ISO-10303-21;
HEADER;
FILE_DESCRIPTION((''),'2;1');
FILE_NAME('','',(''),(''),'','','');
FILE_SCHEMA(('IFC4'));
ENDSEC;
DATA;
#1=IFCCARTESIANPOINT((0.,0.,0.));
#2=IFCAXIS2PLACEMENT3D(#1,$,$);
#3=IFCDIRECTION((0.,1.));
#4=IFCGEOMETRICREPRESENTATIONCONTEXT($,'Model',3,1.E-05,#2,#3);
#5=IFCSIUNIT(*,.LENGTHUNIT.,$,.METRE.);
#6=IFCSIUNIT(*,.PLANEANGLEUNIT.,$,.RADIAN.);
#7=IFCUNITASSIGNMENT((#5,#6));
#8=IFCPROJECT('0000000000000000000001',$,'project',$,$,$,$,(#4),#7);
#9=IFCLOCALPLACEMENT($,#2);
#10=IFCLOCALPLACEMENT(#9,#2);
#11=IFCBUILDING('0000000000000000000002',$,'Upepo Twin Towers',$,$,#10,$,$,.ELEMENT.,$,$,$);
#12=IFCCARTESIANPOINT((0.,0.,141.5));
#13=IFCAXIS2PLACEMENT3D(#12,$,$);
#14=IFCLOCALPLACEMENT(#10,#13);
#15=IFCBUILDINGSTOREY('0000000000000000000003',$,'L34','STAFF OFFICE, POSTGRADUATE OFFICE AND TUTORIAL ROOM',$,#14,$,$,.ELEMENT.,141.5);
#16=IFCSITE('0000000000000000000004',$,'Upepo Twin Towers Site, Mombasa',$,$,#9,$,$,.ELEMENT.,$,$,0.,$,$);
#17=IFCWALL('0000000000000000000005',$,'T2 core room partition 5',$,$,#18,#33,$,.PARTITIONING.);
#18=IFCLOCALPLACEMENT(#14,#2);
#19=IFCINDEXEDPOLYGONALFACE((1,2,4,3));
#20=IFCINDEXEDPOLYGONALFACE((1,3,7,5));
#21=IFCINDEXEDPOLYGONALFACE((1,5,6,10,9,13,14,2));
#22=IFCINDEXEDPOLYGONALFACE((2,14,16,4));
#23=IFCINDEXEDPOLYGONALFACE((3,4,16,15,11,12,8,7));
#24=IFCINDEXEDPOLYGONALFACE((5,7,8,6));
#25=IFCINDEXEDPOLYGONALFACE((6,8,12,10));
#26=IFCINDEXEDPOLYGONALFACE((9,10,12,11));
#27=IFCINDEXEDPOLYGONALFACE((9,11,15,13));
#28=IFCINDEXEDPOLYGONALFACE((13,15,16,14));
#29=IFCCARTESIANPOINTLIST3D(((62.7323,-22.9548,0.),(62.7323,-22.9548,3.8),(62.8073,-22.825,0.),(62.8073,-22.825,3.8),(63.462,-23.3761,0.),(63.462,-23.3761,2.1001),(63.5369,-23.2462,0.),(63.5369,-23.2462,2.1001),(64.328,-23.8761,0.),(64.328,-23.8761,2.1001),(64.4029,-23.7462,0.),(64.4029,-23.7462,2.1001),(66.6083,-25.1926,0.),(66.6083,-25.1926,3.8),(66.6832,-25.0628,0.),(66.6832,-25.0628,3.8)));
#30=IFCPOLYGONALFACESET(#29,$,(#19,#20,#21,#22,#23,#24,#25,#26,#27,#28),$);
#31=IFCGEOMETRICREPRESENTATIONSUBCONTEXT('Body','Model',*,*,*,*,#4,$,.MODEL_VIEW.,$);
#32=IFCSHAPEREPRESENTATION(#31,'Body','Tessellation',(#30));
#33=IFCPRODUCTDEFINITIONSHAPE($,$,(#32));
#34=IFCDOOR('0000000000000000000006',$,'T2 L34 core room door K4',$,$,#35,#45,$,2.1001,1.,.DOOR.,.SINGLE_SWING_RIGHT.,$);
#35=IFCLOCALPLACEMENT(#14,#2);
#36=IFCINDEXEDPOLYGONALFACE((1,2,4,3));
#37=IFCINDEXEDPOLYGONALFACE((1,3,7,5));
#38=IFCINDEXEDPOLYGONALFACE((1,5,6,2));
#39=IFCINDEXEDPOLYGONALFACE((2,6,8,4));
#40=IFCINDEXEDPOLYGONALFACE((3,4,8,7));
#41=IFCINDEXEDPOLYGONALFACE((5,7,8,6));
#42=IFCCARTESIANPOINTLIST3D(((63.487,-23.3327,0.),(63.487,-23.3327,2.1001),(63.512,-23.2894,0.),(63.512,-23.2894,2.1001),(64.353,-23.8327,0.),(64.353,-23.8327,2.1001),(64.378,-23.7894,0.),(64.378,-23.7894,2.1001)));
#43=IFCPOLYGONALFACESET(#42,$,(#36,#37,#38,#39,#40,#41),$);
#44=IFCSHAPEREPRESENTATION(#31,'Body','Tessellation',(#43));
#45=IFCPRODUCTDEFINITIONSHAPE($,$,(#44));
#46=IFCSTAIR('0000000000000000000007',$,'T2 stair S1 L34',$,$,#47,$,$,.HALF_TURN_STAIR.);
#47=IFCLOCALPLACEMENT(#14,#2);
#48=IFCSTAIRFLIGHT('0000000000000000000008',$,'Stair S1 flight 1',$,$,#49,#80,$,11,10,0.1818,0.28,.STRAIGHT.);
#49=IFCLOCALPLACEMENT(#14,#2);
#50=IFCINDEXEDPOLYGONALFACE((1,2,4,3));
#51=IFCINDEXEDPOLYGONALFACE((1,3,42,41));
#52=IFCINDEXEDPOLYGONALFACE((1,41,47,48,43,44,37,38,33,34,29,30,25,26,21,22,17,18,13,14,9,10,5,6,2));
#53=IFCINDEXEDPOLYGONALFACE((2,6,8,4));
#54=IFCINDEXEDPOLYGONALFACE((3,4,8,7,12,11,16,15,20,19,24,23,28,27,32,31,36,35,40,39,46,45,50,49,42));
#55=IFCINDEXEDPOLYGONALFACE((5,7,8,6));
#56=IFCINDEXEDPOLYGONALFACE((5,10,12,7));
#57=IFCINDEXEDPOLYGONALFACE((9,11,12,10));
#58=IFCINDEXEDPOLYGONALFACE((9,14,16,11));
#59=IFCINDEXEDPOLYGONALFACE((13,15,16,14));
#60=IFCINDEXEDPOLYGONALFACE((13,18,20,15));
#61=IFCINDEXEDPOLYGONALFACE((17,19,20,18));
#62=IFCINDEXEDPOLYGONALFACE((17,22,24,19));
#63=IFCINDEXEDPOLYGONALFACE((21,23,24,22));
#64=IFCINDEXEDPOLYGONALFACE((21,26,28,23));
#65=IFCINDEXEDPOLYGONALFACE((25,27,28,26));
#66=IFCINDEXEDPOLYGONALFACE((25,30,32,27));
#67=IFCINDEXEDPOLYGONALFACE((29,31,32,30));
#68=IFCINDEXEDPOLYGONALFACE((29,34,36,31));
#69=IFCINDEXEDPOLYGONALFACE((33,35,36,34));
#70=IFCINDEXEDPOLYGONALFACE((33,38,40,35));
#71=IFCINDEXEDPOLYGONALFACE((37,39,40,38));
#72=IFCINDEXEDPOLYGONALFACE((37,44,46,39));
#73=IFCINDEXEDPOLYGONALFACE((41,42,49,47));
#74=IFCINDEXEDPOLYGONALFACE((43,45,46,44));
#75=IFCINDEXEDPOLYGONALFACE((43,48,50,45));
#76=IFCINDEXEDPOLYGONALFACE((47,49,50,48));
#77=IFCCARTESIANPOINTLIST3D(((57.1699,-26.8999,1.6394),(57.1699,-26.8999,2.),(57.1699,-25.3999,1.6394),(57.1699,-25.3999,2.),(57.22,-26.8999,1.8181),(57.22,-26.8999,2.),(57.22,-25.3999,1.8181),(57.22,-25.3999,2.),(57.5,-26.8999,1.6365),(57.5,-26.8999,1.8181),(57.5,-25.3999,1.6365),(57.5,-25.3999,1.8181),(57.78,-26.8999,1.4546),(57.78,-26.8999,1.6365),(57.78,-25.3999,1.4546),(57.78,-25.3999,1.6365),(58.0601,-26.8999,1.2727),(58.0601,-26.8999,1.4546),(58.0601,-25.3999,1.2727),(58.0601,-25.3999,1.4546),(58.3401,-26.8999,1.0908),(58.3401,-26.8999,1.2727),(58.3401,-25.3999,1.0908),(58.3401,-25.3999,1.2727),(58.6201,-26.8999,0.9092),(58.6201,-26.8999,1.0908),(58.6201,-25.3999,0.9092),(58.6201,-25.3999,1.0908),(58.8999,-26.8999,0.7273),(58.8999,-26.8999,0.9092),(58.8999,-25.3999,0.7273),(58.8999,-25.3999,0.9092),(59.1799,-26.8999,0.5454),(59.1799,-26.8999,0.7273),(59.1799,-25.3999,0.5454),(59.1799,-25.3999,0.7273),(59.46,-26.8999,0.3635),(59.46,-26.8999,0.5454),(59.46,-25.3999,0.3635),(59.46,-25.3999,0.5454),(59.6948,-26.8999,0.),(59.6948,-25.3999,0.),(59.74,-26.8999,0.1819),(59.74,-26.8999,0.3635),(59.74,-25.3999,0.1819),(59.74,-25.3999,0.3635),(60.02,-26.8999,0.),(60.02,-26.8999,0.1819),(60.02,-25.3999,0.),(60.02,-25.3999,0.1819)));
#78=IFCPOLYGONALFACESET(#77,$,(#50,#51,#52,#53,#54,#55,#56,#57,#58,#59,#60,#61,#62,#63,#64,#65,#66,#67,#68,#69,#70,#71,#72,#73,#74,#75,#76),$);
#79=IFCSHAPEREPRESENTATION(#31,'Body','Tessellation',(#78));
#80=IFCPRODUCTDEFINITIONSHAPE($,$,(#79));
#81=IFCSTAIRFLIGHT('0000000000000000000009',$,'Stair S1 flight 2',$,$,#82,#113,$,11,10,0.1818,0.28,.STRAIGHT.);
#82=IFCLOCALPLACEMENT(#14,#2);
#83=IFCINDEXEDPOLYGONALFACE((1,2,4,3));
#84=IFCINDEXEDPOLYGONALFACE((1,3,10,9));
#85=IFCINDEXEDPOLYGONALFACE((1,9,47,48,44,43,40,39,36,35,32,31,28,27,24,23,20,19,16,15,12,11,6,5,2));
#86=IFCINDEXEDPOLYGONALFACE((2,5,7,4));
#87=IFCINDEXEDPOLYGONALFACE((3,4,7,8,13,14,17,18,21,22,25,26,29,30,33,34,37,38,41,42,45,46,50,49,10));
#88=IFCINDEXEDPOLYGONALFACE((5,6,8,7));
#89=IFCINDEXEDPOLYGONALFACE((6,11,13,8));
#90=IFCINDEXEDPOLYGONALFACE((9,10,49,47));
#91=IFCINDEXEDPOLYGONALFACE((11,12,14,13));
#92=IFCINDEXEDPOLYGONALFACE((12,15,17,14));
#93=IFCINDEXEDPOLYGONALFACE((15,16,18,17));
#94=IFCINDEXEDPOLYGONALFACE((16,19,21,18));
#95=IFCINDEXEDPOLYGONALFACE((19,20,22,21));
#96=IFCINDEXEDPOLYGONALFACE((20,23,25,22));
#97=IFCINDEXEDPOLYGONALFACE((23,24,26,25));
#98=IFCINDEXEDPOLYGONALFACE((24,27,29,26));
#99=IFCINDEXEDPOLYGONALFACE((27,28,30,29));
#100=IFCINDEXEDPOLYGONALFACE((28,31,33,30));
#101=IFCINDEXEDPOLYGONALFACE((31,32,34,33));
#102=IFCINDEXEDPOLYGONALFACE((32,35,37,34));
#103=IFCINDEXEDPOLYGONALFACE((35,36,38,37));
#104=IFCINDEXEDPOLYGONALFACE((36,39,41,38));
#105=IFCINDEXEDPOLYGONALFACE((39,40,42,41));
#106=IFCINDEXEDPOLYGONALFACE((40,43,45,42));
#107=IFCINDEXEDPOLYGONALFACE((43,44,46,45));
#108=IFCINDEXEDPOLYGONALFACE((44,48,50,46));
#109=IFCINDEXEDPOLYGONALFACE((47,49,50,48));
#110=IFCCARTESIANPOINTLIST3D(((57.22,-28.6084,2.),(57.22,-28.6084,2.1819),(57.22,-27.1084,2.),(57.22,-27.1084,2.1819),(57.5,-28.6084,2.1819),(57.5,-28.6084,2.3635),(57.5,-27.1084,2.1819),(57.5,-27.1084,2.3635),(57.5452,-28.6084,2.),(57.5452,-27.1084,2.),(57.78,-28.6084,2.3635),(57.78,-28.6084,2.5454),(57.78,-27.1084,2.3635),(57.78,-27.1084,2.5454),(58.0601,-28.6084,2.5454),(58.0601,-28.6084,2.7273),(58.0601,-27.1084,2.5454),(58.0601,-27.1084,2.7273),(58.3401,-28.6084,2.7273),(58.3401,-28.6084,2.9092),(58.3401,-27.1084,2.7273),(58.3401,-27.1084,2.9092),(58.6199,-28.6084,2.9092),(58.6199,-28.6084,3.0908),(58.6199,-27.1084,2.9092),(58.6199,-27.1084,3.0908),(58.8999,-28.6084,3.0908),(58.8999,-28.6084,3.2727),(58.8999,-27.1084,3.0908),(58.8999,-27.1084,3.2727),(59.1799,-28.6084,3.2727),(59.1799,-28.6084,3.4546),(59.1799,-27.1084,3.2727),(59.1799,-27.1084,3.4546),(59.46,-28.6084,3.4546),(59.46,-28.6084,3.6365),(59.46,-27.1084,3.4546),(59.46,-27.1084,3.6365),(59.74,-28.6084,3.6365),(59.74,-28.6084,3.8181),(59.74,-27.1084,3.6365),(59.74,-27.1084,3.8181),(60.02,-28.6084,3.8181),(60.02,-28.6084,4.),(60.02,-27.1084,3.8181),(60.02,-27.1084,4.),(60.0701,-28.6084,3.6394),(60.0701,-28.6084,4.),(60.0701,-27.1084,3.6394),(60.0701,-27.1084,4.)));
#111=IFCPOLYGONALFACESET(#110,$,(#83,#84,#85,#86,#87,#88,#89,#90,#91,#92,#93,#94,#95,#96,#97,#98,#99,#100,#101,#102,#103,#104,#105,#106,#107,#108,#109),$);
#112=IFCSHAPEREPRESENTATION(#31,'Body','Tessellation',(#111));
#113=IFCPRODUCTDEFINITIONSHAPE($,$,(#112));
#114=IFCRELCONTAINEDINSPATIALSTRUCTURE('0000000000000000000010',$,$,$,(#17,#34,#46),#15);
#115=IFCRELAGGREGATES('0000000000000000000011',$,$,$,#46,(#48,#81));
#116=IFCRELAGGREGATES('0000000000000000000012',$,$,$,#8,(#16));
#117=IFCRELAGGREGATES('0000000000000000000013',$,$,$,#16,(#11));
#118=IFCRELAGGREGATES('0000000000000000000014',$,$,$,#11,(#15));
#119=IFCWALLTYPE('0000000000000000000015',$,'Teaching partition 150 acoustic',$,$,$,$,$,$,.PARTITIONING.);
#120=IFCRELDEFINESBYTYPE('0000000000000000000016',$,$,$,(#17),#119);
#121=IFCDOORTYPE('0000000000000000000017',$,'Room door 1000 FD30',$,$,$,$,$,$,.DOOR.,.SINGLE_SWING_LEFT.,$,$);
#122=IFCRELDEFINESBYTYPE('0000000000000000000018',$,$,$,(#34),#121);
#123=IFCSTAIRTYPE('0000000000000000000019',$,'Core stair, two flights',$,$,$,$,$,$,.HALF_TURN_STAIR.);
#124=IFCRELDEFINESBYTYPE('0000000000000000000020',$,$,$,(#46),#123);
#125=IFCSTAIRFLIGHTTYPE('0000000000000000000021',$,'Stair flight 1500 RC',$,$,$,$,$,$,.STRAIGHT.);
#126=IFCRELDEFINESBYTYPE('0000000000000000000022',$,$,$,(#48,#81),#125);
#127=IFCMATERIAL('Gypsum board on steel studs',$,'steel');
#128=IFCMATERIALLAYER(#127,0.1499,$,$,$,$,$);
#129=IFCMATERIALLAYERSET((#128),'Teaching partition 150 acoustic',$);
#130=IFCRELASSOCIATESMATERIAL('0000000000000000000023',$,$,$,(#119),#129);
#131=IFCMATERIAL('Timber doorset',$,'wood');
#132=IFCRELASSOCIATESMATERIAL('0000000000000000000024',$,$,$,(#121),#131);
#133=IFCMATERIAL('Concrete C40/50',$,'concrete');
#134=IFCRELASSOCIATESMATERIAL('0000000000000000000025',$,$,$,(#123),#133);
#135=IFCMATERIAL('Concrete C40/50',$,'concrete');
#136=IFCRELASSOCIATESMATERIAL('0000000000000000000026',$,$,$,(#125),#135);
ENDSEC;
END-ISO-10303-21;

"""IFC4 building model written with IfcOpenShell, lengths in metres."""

from ifc_helpers import new_model, si_unit, direction, frame, frame_2d, origin, place, context, subcontext, project, spatial, polyline, rectangle, outline, extrude, material, layer, layer_set, type_object, element, fill, aggregate, save


model = new_model("IFC4")

# Units and contexts
model_context = context("Model", 3, precision=1e-05, world=origin(), true_north=direction((0.0, 1.0)))
body_context = subcontext(model_context, "Body", "Model", "MODEL_VIEW")
ifc_project = project(units=[si_unit("LENGTHUNIT", "METRE"), si_unit("PLANEANGLEUNIT", "RADIAN")], contexts=[model_context])

# Site, building, storey
site_placement = place(None, origin())
site = spatial("IfcSite", under=ifc_project, at=site_placement, Name="Upepo Twin Towers Site, Mombasa", CompositionType="ELEMENT", RefElevation=0.0)
building_placement = place(site_placement, origin())
building = spatial("IfcBuilding", under=site, at=building_placement, Name="Upepo Twin Towers", CompositionType="ELEMENT")
storey_placement = place(building_placement, frame((0.0, 0.0, 141.5)))
storey = spatial("IfcBuildingStorey", under=building, at=storey_placement, Name="L34", Description="STAFF OFFICE, POSTGRADUATE OFFICE AND TUTORIAL ROOM", CompositionType="ELEMENT", Elevation=141.5)

# Wall, opening, door
ifc_material_1 = material(Name="Gypsum board on steel studs", Category="steel")
ifc_layer_1 = layer(ifc_material_1, 0.1499)
ifc_layer_set_1 = layer_set([ifc_layer_1], Name="Teaching partition 150 acoustic")
wall_type_1 = type_object("IfcWallType", Name="Teaching partition 150 acoustic", PredefinedType="PARTITIONING", material=ifc_layer_set_1)
ifc_material_2 = material(Name="Timber doorset", Category="wood")
door_type_1 = type_object("IfcDoorType", Name="Room door 1000 FD30", OperationType="SINGLE_SWING_LEFT", PredefinedType="DOOR", material=ifc_material_2)
wall_1_placement = place(storey_placement, frame((66.6458, -25.1277, 0.0), z_axis=(0.0, 0.0, 1.0), x_axis=(-0.866026, 0.499999, 0.0)))
wall_1 = element("IfcWall", 1, at=wall_1_placement, inside=storey, type_object=wall_type_1, Name="T2 core room partition 5", PredefinedType="PARTITIONING", context=body_context, shape_type="SweptSolid", body=[
    extrude(rectangle(XDim=4.4756, YDim=0.1499, at=frame_2d((2.2378, 0.0))), origin(), (0.0, 0.0, 1.0), 3.8),
])
opening_1_placement = place(wall_1_placement, frame((2.6331, 0.0, 0.0)))
opening_1 = element("IfcOpeningElement", 2, at=opening_1_placement, cuts=wall_1, PredefinedType="OPENING", context=body_context, shape_type="SweptSolid", body=[
    extrude(rectangle(XDim=1.0, YDim=2.1001, at=frame_2d((0.5, 1.05))), frame((0.0, 0.085, 0.0), z_axis=(0.0, -1.0, 0.0), x_axis=(1.0, 0.0, 0.0)), (0.0, 0.0, 1.0), 0.1699),
])
door_1_placement = place(opening_1_placement, origin())
door_1 = element("IfcDoor", 3, at=door_1_placement, inside=storey, type_object=door_type_1, Name="T2 L34 core room door K4", OperationType="SINGLE_SWING_RIGHT", OverallHeight=2.1001, OverallWidth=1.0, PredefinedType="DOOR", context=body_context, shape_type="SweptSolid", body=[
    extrude(rectangle(XDim=1.0, YDim=2.1001, at=frame_2d((0.5, 1.05))), frame((0.0, 0.0249, 0.0), z_axis=(0.0, -1.0, 0.0), x_axis=(1.0, 0.0, 0.0)), (0.0, 0.0, 1.0), 0.05),
])
fill(opening_1, door_1)

# Stair, stair flights
ifc_material_3 = material(Name="Concrete C40/50", Category="concrete")
stair_type = type_object("IfcStairType", Name="Core stair, two flights", PredefinedType="HALF_TURN_STAIR", material=ifc_material_3)
stair_placement = place(storey_placement, origin())
stair = element("IfcStair", 4, at=stair_placement, inside=storey, type_object=stair_type, Name="T2 stair S1 L34", PredefinedType="HALF_TURN_STAIR")
ifc_material_4 = material(Name="Concrete C40/50", Category="concrete")
stair_flight_type = type_object("IfcStairFlightType", Name="Stair flight 1500 RC", PredefinedType="STRAIGHT", material=ifc_material_4)
stair_flight_1_placement = place(storey_placement, frame((60.02, -26.1499, 0.0), z_axis=(0.0, 0.0, 1.0), x_axis=(-1.0, 0.0, 0.0)))
stair_flight_1 = element("IfcStairFlight", 5, at=stair_flight_1_placement, type_object=stair_flight_type, Name="Stair S1 flight 1", NumberOfRisers=11, NumberOfTreads=10, PredefinedType="STRAIGHT", RiserHeight=0.1818, TreadLength=0.28, context=body_context, shape_type="SweptSolid", body=[
    extrude(outline(polyline([(0.0, 0.0), (0.0, 0.1819), (0.28, 0.1819), (0.28, 0.3635), (0.5601, 0.3635), (0.5601, 0.5454), (0.8401, 0.5454), (0.8401, 0.7273), (1.1201, 0.7273), (1.1201, 0.9092), (1.3999, 0.9092), (1.3999, 1.0908), (1.6799, 1.0908), (1.6799, 1.2727), (1.96, 1.2727), (1.96, 1.4546), (2.24, 1.4546), (2.24, 1.6365), (2.52, 1.6365), (2.52, 1.8181), (2.8, 1.8181), (2.8, 2.0), (2.8501, 2.0), (2.8501, 1.6394), (0.3252, 0.0), (0.0, 0.0)])), frame((0.0, 0.75, 0.0), z_axis=(0.0, -1.0, 0.0), x_axis=(1.0, 0.0, 0.0)), (0.0, 0.0, 1.0), 1.5),
])
stair_flight_2_placement = place(storey_placement, frame((57.22, -27.8584, 2.0), z_axis=(0.0, 0.0, 1.0), x_axis=(1.0, 0.0, 0.0)))
stair_flight_2 = element("IfcStairFlight", 6, at=stair_flight_2_placement, type_object=stair_flight_type, Name="Stair S1 flight 2", NumberOfRisers=11, NumberOfTreads=10, PredefinedType="STRAIGHT", RiserHeight=0.1818, TreadLength=0.28, context=body_context, shape_type="SweptSolid", body=[
    extrude(outline(polyline([(0.0, 0.0), (0.0, 0.1819), (0.28, 0.1819), (0.28, 0.3635), (0.5601, 0.3635), (0.5601, 0.5454), (0.8401, 0.5454), (0.8401, 0.7273), (1.1201, 0.7273), (1.1201, 0.9092), (1.3999, 0.9092), (1.3999, 1.0908), (1.6799, 1.0908), (1.6799, 1.2727), (1.96, 1.2727), (1.96, 1.4546), (2.24, 1.4546), (2.24, 1.6365), (2.52, 1.6365), (2.52, 1.8181), (2.8, 1.8181), (2.8, 2.0), (2.8501, 2.0), (2.8501, 1.6394), (0.3252, 0.0), (0.0, 0.0)])), frame((0.0, 0.75, 0.0), z_axis=(0.0, -1.0, 0.0), x_axis=(1.0, 0.0, 0.0)), (0.0, 0.0, 1.0), 1.5),
])
aggregate(stair, [stair_flight_1, stair_flight_2])

save(model, "model.ifc")
